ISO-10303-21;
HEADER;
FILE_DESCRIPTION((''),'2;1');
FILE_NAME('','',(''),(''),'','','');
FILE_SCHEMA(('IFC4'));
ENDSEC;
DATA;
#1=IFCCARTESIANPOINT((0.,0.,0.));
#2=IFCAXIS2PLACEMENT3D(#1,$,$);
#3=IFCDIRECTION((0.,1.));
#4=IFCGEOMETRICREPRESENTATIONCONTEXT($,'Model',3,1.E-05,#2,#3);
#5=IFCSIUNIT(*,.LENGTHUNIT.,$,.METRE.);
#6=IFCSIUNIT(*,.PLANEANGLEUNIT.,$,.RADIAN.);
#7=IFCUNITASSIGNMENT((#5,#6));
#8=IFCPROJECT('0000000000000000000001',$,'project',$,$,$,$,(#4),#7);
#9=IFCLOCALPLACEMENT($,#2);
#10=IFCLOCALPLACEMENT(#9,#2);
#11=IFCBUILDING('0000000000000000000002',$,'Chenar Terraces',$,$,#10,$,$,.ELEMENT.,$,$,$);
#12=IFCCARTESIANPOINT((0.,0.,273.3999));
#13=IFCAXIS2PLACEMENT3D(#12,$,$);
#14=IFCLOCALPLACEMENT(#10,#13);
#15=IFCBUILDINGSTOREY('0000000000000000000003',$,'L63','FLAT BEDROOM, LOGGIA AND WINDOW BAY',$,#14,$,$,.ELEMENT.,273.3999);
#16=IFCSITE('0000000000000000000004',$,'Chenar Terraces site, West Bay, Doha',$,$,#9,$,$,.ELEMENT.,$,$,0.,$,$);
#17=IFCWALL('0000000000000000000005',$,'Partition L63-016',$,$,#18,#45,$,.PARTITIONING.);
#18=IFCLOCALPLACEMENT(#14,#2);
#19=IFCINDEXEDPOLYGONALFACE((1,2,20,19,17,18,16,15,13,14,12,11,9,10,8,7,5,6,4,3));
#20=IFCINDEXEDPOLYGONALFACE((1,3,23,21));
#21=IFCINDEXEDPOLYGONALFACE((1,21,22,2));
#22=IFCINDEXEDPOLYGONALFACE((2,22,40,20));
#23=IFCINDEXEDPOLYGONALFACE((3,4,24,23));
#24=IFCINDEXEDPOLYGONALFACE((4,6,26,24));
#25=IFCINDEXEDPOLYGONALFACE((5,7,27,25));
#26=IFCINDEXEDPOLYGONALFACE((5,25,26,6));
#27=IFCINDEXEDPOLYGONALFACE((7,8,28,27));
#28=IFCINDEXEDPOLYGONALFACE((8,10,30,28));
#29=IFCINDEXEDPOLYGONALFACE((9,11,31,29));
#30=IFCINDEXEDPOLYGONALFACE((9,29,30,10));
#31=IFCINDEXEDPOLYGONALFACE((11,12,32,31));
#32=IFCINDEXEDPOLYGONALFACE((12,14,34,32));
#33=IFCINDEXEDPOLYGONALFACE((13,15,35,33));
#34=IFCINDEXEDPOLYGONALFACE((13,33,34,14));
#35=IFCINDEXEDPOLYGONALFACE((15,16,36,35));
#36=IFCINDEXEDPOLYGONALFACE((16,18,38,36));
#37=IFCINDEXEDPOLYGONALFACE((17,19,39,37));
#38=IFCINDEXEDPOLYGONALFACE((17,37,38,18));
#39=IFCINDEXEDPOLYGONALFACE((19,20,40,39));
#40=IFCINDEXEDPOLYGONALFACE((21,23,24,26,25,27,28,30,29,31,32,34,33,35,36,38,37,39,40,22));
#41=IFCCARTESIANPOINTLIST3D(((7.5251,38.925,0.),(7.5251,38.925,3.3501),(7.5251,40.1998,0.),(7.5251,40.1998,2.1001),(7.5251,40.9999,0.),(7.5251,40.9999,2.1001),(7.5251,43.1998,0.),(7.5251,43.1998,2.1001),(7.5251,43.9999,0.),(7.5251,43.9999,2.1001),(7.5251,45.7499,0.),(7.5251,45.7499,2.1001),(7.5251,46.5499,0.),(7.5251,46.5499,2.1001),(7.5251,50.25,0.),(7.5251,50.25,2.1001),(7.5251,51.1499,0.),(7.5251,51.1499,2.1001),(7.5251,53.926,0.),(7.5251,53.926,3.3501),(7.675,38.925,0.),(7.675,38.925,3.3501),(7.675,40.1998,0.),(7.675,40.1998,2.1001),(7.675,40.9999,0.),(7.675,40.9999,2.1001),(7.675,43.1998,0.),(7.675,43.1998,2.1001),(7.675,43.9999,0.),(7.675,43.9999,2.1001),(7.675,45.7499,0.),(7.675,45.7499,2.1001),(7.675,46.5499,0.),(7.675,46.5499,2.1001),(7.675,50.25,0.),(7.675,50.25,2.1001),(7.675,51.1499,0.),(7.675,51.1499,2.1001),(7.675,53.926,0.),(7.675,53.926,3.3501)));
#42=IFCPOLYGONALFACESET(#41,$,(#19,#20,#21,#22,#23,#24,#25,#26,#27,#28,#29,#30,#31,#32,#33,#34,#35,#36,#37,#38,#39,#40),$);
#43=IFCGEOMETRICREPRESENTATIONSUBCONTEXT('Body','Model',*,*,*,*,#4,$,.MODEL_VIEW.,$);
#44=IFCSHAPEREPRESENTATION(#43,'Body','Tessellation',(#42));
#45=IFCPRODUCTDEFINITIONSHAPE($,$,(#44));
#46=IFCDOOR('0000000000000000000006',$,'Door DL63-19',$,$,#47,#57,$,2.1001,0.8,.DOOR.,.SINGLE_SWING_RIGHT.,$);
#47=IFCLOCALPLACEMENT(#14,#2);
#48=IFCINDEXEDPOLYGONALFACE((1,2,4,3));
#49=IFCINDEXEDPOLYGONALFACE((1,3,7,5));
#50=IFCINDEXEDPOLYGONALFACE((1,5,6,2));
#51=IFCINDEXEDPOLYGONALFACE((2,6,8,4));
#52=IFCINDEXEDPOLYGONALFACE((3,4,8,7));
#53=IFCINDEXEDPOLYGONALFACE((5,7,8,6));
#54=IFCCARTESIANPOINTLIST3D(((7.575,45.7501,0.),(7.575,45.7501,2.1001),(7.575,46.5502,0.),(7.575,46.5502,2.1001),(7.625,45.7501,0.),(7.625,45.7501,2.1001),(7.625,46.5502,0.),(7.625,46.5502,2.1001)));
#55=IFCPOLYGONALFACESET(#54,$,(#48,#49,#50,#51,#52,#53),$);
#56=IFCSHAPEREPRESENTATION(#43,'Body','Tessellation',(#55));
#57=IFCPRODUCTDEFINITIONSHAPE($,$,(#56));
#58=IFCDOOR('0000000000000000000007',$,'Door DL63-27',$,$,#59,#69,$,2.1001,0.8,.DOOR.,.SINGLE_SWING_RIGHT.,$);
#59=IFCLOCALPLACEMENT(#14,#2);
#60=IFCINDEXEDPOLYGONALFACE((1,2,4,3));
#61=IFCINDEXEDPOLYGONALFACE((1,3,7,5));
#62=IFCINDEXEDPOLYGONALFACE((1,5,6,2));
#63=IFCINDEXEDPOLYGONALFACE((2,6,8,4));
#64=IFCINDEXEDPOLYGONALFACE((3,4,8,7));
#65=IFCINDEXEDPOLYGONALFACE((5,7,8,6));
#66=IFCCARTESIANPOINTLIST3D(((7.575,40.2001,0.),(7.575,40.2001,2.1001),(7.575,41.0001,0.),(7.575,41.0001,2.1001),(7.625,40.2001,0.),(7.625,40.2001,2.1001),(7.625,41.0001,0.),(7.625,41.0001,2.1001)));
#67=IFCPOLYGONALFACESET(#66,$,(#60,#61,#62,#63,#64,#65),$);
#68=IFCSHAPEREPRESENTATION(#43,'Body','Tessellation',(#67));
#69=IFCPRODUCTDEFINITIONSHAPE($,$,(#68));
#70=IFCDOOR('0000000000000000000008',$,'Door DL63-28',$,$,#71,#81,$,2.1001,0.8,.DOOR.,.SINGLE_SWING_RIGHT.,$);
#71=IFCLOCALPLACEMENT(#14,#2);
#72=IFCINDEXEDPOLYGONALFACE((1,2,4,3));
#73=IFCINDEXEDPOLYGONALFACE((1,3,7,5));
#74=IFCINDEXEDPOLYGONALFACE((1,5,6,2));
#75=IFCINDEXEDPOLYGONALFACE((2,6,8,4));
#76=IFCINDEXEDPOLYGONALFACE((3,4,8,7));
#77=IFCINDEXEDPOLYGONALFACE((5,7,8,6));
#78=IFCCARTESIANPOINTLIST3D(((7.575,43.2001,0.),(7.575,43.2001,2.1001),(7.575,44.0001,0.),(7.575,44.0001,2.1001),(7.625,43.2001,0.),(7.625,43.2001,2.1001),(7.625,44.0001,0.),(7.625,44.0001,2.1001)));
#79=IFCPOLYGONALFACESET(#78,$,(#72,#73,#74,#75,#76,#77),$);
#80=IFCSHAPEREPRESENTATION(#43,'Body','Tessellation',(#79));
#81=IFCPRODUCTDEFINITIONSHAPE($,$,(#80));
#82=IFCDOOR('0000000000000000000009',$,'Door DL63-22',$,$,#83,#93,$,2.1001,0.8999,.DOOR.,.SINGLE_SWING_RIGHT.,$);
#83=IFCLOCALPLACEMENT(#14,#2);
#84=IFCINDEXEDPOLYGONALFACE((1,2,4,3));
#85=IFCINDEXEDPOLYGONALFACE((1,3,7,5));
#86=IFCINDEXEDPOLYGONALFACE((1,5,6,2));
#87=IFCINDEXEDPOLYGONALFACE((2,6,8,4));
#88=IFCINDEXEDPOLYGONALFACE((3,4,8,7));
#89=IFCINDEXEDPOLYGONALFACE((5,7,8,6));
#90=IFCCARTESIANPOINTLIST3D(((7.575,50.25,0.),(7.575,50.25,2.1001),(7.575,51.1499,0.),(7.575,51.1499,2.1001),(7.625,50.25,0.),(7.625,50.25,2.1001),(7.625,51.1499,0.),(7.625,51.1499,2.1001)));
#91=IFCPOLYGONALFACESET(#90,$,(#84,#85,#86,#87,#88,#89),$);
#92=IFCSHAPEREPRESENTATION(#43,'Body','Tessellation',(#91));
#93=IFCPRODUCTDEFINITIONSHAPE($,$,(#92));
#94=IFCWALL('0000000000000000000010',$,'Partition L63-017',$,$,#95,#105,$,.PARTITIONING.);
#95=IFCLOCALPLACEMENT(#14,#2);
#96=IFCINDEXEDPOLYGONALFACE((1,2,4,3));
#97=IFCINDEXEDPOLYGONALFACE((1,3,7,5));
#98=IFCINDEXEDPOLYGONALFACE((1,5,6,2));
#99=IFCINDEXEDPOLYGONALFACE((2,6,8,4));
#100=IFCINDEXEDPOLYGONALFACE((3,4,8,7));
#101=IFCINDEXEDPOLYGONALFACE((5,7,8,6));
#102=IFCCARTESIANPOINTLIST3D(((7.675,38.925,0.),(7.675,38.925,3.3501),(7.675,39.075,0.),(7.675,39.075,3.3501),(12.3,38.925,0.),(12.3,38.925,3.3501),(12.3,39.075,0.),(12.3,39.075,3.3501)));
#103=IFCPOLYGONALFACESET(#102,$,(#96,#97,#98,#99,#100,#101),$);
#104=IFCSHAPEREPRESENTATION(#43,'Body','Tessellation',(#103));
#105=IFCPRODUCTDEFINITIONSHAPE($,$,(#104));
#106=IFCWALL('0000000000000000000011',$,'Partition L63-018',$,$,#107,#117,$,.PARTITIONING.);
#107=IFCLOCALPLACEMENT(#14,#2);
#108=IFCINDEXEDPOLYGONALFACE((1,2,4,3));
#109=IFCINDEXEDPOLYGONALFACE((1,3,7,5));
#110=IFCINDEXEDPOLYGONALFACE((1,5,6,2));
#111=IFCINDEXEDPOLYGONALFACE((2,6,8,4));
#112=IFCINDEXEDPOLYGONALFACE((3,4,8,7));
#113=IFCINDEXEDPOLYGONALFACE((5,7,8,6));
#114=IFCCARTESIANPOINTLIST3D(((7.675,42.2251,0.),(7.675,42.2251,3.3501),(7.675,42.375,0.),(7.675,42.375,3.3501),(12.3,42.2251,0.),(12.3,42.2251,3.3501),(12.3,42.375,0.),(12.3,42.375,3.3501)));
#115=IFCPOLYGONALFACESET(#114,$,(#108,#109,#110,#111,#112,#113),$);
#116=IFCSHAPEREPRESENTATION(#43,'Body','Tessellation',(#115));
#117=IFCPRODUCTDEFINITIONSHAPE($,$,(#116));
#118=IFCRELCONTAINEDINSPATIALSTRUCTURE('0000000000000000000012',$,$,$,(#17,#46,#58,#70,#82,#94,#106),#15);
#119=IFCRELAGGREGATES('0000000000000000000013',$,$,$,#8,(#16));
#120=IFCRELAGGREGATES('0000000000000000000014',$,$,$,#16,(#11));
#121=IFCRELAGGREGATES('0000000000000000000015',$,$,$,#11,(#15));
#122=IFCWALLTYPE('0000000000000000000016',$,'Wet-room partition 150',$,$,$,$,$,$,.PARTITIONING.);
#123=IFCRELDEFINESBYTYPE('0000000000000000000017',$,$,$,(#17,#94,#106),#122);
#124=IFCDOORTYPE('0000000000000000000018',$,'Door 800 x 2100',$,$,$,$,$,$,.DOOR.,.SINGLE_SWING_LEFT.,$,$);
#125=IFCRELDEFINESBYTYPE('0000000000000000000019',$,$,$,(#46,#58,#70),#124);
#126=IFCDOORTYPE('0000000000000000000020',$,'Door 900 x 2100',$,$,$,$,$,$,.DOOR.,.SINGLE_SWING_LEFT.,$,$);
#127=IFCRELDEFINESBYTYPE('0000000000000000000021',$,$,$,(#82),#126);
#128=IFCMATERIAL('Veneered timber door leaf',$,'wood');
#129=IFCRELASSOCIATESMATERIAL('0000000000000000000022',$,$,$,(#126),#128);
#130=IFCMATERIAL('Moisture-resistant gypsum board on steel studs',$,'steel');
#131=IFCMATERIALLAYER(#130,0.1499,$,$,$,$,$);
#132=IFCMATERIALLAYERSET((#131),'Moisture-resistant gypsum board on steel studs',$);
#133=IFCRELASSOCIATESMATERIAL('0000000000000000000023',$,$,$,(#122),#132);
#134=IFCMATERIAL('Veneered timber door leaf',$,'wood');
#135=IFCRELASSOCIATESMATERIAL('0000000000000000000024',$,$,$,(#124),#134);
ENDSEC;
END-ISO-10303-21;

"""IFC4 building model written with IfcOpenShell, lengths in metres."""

from ifc_helpers import new_model, si_unit, direction, frame, frame_2d, origin, place, context, subcontext, project, spatial, rectangle, extrude, material, layer, layer_set, type_object, element, fill, save


model = new_model("IFC4")

# Units and contexts
model_context = context("Model", 3, precision=1e-05, world=origin(), true_north=direction((0.0, 1.0)))
body_context = subcontext(model_context, "Body", "Model", "MODEL_VIEW")
ifc_project = project(units=[si_unit("LENGTHUNIT", "METRE"), si_unit("PLANEANGLEUNIT", "RADIAN")], contexts=[model_context])

# Site, building, storey
site_placement = place(None, origin())
site = spatial("IfcSite", under=ifc_project, at=site_placement, Name="Chenar Terraces site, West Bay, Doha", CompositionType="ELEMENT", RefElevation=0.0)
building_placement = place(site_placement, origin())
building = spatial("IfcBuilding", under=site, at=building_placement, Name="Chenar Terraces", CompositionType="ELEMENT")
storey_placement = place(building_placement, frame((0.0, 0.0, 273.3999)))
storey = spatial("IfcBuildingStorey", under=building, at=storey_placement, Name="L63", Description="FLAT BEDROOM, LOGGIA AND WINDOW BAY", CompositionType="ELEMENT", Elevation=273.3999)

# Shared definitions
ifc_material_1 = material(Name="Veneered timber door leaf", Category="wood")
door_type_1 = type_object("IfcDoorType", Name="Door 900 x 2100", OperationType="SINGLE_SWING_LEFT", PredefinedType="DOOR", material=ifc_material_1)

# Wall, openings, doors
ifc_material_2 = material(Name="Moisture-resistant gypsum board on steel studs", Category="steel")
ifc_layer_1 = layer(ifc_material_2, 0.1499)
ifc_layer_set_1 = layer_set([ifc_layer_1], Name="Moisture-resistant gypsum board on steel studs")
wall_type_1 = type_object("IfcWallType", Name="Wet-room partition 150", PredefinedType="PARTITIONING", material=ifc_layer_set_1)
wall_1_placement = place(storey_placement, frame((7.6001, 38.925, 0.0), z_axis=(0.0, 0.0, 1.0), x_axis=(0.0, 1.0, 0.0)))
wall_1 = element("IfcWall", 1, at=wall_1_placement, inside=storey, type_object=wall_type_1, Name="Partition L63-016", PredefinedType="PARTITIONING", context=body_context, shape_type="SweptSolid", body=[
    extrude(rectangle(XDim=15.001, YDim=0.1499, at=frame_2d((7.5005, 0.0))), origin(), (0.0, 0.0, 1.0), 3.3501),
])
opening_1_placement = place(wall_1_placement, frame((6.825, 0.0, 0.0)))
opening_1 = element("IfcOpeningElement", 2, at=opening_1_placement, cuts=wall_1, PredefinedType="OPENING", context=body_context, shape_type="SweptSolid", body=[
    extrude(rectangle(XDim=0.8, YDim=2.1001, at=frame_2d((0.3999, 1.05))), frame((0.0, 0.085, 0.0), z_axis=(0.0, -1.0, 0.0), x_axis=(1.0, 0.0, 0.0)), (0.0, 0.0, 1.0), 0.1699),
])
opening_2_placement = place(wall_1_placement, frame((11.325, 0.0, 0.0)))
opening_2 = element("IfcOpeningElement", 3, at=opening_2_placement, cuts=wall_1, PredefinedType="OPENING", context=body_context, shape_type="SweptSolid", body=[
    extrude(rectangle(XDim=0.8999, YDim=2.1001, at=frame_2d((0.45, 1.05))), frame((0.0, 0.085, 0.0), z_axis=(0.0, -1.0, 0.0), x_axis=(1.0, 0.0, 0.0)), (0.0, 0.0, 1.0), 0.1699),
])
opening_3_placement = place(wall_1_placement, frame((1.2749, 0.0, 0.0)))
opening_3 = element("IfcOpeningElement", 4, at=opening_3_placement, cuts=wall_1, PredefinedType="OPENING", context=body_context, shape_type="SweptSolid", body=[
    extrude(rectangle(XDim=0.8, YDim=2.1001, at=frame_2d((0.3999, 1.05))), frame((0.0, 0.085, 0.0), z_axis=(0.0, -1.0, 0.0), x_axis=(1.0, 0.0, 0.0)), (0.0, 0.0, 1.0), 0.1699),
])
opening_4_placement = place(wall_1_placement, frame((4.2749, 0.0, 0.0)))
opening_4 = element("IfcOpeningElement", 5, at=opening_4_placement, cuts=wall_1, PredefinedType="OPENING", context=body_context, shape_type="SweptSolid", body=[
    extrude(rectangle(XDim=0.8, YDim=2.1001, at=frame_2d((0.3999, 1.05))), frame((0.0, 0.085, 0.0), z_axis=(0.0, -1.0, 0.0), x_axis=(1.0, 0.0, 0.0)), (0.0, 0.0, 1.0), 0.1699),
])
ifc_material_3 = material(Name="Veneered timber door leaf", Category="wood")
door_type_2 = type_object("IfcDoorType", Name="Door 800 x 2100", OperationType="SINGLE_SWING_LEFT", PredefinedType="DOOR", material=ifc_material_3)
door_1_placement = place(opening_1_placement, frame((0.8, 0.0, 0.0), z_axis=(0.0, 0.0, 1.0), x_axis=(-1.0, 0.0, 0.0)))
door_1 = element("IfcDoor", 6, at=door_1_placement, inside=storey, type_object=door_type_2, Name="Door DL63-19", OperationType="SINGLE_SWING_RIGHT", OverallHeight=2.1001, OverallWidth=0.8, PredefinedType="DOOR", context=body_context, shape_type="SweptSolid", body=[
    extrude(rectangle(XDim=0.8, YDim=2.1001, at=frame_2d((0.3999, 1.05))), frame((0.0, 0.0249, 0.0), z_axis=(0.0, -1.0, 0.0), x_axis=(1.0, 0.0, 0.0)), (0.0, 0.0, 1.0), 0.05),
])
fill(opening_1, door_1)
door_2_placement = place(opening_3_placement, frame((0.8, 0.0, 0.0), z_axis=(0.0, 0.0, 1.0), x_axis=(-1.0, 0.0, 0.0)))
door_2 = element("IfcDoor", 7, at=door_2_placement, inside=storey, type_object=door_type_2, Name="Door DL63-27", OperationType="SINGLE_SWING_RIGHT", OverallHeight=2.1001, OverallWidth=0.8, PredefinedType="DOOR", context=body_context, shape_type="SweptSolid", body=[
    extrude(rectangle(XDim=0.8, YDim=2.1001, at=frame_2d((0.3999, 1.05))), frame((0.0, 0.0249, 0.0), z_axis=(0.0, -1.0, 0.0), x_axis=(1.0, 0.0, 0.0)), (0.0, 0.0, 1.0), 0.05),
])
fill(opening_3, door_2)
door_3_placement = place(opening_4_placement, frame((0.8, 0.0, 0.0), z_axis=(0.0, 0.0, 1.0), x_axis=(-1.0, 0.0, 0.0)))
door_3 = element("IfcDoor", 8, at=door_3_placement, inside=storey, type_object=door_type_2, Name="Door DL63-28", OperationType="SINGLE_SWING_RIGHT", OverallHeight=2.1001, OverallWidth=0.8, PredefinedType="DOOR", context=body_context, shape_type="SweptSolid", body=[
    extrude(rectangle(XDim=0.8, YDim=2.1001, at=frame_2d((0.3999, 1.05))), frame((0.0, 0.0249, 0.0), z_axis=(0.0, -1.0, 0.0), x_axis=(1.0, 0.0, 0.0)), (0.0, 0.0, 1.0), 0.05),
])
fill(opening_4, door_3)
door_4_placement = place(opening_2_placement, frame((0.8999, 0.0, 0.0), z_axis=(0.0, 0.0, 1.0), x_axis=(-1.0, 0.0, 0.0)))
door_4 = element("IfcDoor", 9, at=door_4_placement, inside=storey, type_object=door_type_1, Name="Door DL63-22", OperationType="SINGLE_SWING_RIGHT", OverallHeight=2.1001, OverallWidth=0.8999, PredefinedType="DOOR", context=body_context, shape_type="SweptSolid", body=[
    extrude(rectangle(XDim=0.8999, YDim=2.1001, at=frame_2d((0.45, 1.05))), frame((0.0, 0.0249, 0.0), z_axis=(0.0, -1.0, 0.0), x_axis=(1.0, 0.0, 0.0)), (0.0, 0.0, 1.0), 0.05),
])
fill(opening_2, door_4)

# Walls
for number, where, z_axis, x_axis, name in (
    (10, (7.675, 39.0, 0.0), (0.0, 0.0, 1.0), (1.0, 0.0, 0.0), "Partition L63-017"),
    (11, (7.675, 42.3, 0.0), (0.0, 0.0, 1.0), (1.0, 0.0, 0.0), "Partition L63-018"),
):
    element("IfcWall", number, at=place(storey_placement, frame(where, z_axis=z_axis, x_axis=x_axis)), inside=storey, type_object=wall_type_1, Name=name, PredefinedType="PARTITIONING", context=body_context, shape_type="SweptSolid", body=[
        extrude(rectangle(XDim=4.625, YDim=0.1499, at=frame_2d((2.3125, 0.0))), origin(), (0.0, 0.0, 1.0), 3.3501),
    ])

save(model, "model.ifc")
